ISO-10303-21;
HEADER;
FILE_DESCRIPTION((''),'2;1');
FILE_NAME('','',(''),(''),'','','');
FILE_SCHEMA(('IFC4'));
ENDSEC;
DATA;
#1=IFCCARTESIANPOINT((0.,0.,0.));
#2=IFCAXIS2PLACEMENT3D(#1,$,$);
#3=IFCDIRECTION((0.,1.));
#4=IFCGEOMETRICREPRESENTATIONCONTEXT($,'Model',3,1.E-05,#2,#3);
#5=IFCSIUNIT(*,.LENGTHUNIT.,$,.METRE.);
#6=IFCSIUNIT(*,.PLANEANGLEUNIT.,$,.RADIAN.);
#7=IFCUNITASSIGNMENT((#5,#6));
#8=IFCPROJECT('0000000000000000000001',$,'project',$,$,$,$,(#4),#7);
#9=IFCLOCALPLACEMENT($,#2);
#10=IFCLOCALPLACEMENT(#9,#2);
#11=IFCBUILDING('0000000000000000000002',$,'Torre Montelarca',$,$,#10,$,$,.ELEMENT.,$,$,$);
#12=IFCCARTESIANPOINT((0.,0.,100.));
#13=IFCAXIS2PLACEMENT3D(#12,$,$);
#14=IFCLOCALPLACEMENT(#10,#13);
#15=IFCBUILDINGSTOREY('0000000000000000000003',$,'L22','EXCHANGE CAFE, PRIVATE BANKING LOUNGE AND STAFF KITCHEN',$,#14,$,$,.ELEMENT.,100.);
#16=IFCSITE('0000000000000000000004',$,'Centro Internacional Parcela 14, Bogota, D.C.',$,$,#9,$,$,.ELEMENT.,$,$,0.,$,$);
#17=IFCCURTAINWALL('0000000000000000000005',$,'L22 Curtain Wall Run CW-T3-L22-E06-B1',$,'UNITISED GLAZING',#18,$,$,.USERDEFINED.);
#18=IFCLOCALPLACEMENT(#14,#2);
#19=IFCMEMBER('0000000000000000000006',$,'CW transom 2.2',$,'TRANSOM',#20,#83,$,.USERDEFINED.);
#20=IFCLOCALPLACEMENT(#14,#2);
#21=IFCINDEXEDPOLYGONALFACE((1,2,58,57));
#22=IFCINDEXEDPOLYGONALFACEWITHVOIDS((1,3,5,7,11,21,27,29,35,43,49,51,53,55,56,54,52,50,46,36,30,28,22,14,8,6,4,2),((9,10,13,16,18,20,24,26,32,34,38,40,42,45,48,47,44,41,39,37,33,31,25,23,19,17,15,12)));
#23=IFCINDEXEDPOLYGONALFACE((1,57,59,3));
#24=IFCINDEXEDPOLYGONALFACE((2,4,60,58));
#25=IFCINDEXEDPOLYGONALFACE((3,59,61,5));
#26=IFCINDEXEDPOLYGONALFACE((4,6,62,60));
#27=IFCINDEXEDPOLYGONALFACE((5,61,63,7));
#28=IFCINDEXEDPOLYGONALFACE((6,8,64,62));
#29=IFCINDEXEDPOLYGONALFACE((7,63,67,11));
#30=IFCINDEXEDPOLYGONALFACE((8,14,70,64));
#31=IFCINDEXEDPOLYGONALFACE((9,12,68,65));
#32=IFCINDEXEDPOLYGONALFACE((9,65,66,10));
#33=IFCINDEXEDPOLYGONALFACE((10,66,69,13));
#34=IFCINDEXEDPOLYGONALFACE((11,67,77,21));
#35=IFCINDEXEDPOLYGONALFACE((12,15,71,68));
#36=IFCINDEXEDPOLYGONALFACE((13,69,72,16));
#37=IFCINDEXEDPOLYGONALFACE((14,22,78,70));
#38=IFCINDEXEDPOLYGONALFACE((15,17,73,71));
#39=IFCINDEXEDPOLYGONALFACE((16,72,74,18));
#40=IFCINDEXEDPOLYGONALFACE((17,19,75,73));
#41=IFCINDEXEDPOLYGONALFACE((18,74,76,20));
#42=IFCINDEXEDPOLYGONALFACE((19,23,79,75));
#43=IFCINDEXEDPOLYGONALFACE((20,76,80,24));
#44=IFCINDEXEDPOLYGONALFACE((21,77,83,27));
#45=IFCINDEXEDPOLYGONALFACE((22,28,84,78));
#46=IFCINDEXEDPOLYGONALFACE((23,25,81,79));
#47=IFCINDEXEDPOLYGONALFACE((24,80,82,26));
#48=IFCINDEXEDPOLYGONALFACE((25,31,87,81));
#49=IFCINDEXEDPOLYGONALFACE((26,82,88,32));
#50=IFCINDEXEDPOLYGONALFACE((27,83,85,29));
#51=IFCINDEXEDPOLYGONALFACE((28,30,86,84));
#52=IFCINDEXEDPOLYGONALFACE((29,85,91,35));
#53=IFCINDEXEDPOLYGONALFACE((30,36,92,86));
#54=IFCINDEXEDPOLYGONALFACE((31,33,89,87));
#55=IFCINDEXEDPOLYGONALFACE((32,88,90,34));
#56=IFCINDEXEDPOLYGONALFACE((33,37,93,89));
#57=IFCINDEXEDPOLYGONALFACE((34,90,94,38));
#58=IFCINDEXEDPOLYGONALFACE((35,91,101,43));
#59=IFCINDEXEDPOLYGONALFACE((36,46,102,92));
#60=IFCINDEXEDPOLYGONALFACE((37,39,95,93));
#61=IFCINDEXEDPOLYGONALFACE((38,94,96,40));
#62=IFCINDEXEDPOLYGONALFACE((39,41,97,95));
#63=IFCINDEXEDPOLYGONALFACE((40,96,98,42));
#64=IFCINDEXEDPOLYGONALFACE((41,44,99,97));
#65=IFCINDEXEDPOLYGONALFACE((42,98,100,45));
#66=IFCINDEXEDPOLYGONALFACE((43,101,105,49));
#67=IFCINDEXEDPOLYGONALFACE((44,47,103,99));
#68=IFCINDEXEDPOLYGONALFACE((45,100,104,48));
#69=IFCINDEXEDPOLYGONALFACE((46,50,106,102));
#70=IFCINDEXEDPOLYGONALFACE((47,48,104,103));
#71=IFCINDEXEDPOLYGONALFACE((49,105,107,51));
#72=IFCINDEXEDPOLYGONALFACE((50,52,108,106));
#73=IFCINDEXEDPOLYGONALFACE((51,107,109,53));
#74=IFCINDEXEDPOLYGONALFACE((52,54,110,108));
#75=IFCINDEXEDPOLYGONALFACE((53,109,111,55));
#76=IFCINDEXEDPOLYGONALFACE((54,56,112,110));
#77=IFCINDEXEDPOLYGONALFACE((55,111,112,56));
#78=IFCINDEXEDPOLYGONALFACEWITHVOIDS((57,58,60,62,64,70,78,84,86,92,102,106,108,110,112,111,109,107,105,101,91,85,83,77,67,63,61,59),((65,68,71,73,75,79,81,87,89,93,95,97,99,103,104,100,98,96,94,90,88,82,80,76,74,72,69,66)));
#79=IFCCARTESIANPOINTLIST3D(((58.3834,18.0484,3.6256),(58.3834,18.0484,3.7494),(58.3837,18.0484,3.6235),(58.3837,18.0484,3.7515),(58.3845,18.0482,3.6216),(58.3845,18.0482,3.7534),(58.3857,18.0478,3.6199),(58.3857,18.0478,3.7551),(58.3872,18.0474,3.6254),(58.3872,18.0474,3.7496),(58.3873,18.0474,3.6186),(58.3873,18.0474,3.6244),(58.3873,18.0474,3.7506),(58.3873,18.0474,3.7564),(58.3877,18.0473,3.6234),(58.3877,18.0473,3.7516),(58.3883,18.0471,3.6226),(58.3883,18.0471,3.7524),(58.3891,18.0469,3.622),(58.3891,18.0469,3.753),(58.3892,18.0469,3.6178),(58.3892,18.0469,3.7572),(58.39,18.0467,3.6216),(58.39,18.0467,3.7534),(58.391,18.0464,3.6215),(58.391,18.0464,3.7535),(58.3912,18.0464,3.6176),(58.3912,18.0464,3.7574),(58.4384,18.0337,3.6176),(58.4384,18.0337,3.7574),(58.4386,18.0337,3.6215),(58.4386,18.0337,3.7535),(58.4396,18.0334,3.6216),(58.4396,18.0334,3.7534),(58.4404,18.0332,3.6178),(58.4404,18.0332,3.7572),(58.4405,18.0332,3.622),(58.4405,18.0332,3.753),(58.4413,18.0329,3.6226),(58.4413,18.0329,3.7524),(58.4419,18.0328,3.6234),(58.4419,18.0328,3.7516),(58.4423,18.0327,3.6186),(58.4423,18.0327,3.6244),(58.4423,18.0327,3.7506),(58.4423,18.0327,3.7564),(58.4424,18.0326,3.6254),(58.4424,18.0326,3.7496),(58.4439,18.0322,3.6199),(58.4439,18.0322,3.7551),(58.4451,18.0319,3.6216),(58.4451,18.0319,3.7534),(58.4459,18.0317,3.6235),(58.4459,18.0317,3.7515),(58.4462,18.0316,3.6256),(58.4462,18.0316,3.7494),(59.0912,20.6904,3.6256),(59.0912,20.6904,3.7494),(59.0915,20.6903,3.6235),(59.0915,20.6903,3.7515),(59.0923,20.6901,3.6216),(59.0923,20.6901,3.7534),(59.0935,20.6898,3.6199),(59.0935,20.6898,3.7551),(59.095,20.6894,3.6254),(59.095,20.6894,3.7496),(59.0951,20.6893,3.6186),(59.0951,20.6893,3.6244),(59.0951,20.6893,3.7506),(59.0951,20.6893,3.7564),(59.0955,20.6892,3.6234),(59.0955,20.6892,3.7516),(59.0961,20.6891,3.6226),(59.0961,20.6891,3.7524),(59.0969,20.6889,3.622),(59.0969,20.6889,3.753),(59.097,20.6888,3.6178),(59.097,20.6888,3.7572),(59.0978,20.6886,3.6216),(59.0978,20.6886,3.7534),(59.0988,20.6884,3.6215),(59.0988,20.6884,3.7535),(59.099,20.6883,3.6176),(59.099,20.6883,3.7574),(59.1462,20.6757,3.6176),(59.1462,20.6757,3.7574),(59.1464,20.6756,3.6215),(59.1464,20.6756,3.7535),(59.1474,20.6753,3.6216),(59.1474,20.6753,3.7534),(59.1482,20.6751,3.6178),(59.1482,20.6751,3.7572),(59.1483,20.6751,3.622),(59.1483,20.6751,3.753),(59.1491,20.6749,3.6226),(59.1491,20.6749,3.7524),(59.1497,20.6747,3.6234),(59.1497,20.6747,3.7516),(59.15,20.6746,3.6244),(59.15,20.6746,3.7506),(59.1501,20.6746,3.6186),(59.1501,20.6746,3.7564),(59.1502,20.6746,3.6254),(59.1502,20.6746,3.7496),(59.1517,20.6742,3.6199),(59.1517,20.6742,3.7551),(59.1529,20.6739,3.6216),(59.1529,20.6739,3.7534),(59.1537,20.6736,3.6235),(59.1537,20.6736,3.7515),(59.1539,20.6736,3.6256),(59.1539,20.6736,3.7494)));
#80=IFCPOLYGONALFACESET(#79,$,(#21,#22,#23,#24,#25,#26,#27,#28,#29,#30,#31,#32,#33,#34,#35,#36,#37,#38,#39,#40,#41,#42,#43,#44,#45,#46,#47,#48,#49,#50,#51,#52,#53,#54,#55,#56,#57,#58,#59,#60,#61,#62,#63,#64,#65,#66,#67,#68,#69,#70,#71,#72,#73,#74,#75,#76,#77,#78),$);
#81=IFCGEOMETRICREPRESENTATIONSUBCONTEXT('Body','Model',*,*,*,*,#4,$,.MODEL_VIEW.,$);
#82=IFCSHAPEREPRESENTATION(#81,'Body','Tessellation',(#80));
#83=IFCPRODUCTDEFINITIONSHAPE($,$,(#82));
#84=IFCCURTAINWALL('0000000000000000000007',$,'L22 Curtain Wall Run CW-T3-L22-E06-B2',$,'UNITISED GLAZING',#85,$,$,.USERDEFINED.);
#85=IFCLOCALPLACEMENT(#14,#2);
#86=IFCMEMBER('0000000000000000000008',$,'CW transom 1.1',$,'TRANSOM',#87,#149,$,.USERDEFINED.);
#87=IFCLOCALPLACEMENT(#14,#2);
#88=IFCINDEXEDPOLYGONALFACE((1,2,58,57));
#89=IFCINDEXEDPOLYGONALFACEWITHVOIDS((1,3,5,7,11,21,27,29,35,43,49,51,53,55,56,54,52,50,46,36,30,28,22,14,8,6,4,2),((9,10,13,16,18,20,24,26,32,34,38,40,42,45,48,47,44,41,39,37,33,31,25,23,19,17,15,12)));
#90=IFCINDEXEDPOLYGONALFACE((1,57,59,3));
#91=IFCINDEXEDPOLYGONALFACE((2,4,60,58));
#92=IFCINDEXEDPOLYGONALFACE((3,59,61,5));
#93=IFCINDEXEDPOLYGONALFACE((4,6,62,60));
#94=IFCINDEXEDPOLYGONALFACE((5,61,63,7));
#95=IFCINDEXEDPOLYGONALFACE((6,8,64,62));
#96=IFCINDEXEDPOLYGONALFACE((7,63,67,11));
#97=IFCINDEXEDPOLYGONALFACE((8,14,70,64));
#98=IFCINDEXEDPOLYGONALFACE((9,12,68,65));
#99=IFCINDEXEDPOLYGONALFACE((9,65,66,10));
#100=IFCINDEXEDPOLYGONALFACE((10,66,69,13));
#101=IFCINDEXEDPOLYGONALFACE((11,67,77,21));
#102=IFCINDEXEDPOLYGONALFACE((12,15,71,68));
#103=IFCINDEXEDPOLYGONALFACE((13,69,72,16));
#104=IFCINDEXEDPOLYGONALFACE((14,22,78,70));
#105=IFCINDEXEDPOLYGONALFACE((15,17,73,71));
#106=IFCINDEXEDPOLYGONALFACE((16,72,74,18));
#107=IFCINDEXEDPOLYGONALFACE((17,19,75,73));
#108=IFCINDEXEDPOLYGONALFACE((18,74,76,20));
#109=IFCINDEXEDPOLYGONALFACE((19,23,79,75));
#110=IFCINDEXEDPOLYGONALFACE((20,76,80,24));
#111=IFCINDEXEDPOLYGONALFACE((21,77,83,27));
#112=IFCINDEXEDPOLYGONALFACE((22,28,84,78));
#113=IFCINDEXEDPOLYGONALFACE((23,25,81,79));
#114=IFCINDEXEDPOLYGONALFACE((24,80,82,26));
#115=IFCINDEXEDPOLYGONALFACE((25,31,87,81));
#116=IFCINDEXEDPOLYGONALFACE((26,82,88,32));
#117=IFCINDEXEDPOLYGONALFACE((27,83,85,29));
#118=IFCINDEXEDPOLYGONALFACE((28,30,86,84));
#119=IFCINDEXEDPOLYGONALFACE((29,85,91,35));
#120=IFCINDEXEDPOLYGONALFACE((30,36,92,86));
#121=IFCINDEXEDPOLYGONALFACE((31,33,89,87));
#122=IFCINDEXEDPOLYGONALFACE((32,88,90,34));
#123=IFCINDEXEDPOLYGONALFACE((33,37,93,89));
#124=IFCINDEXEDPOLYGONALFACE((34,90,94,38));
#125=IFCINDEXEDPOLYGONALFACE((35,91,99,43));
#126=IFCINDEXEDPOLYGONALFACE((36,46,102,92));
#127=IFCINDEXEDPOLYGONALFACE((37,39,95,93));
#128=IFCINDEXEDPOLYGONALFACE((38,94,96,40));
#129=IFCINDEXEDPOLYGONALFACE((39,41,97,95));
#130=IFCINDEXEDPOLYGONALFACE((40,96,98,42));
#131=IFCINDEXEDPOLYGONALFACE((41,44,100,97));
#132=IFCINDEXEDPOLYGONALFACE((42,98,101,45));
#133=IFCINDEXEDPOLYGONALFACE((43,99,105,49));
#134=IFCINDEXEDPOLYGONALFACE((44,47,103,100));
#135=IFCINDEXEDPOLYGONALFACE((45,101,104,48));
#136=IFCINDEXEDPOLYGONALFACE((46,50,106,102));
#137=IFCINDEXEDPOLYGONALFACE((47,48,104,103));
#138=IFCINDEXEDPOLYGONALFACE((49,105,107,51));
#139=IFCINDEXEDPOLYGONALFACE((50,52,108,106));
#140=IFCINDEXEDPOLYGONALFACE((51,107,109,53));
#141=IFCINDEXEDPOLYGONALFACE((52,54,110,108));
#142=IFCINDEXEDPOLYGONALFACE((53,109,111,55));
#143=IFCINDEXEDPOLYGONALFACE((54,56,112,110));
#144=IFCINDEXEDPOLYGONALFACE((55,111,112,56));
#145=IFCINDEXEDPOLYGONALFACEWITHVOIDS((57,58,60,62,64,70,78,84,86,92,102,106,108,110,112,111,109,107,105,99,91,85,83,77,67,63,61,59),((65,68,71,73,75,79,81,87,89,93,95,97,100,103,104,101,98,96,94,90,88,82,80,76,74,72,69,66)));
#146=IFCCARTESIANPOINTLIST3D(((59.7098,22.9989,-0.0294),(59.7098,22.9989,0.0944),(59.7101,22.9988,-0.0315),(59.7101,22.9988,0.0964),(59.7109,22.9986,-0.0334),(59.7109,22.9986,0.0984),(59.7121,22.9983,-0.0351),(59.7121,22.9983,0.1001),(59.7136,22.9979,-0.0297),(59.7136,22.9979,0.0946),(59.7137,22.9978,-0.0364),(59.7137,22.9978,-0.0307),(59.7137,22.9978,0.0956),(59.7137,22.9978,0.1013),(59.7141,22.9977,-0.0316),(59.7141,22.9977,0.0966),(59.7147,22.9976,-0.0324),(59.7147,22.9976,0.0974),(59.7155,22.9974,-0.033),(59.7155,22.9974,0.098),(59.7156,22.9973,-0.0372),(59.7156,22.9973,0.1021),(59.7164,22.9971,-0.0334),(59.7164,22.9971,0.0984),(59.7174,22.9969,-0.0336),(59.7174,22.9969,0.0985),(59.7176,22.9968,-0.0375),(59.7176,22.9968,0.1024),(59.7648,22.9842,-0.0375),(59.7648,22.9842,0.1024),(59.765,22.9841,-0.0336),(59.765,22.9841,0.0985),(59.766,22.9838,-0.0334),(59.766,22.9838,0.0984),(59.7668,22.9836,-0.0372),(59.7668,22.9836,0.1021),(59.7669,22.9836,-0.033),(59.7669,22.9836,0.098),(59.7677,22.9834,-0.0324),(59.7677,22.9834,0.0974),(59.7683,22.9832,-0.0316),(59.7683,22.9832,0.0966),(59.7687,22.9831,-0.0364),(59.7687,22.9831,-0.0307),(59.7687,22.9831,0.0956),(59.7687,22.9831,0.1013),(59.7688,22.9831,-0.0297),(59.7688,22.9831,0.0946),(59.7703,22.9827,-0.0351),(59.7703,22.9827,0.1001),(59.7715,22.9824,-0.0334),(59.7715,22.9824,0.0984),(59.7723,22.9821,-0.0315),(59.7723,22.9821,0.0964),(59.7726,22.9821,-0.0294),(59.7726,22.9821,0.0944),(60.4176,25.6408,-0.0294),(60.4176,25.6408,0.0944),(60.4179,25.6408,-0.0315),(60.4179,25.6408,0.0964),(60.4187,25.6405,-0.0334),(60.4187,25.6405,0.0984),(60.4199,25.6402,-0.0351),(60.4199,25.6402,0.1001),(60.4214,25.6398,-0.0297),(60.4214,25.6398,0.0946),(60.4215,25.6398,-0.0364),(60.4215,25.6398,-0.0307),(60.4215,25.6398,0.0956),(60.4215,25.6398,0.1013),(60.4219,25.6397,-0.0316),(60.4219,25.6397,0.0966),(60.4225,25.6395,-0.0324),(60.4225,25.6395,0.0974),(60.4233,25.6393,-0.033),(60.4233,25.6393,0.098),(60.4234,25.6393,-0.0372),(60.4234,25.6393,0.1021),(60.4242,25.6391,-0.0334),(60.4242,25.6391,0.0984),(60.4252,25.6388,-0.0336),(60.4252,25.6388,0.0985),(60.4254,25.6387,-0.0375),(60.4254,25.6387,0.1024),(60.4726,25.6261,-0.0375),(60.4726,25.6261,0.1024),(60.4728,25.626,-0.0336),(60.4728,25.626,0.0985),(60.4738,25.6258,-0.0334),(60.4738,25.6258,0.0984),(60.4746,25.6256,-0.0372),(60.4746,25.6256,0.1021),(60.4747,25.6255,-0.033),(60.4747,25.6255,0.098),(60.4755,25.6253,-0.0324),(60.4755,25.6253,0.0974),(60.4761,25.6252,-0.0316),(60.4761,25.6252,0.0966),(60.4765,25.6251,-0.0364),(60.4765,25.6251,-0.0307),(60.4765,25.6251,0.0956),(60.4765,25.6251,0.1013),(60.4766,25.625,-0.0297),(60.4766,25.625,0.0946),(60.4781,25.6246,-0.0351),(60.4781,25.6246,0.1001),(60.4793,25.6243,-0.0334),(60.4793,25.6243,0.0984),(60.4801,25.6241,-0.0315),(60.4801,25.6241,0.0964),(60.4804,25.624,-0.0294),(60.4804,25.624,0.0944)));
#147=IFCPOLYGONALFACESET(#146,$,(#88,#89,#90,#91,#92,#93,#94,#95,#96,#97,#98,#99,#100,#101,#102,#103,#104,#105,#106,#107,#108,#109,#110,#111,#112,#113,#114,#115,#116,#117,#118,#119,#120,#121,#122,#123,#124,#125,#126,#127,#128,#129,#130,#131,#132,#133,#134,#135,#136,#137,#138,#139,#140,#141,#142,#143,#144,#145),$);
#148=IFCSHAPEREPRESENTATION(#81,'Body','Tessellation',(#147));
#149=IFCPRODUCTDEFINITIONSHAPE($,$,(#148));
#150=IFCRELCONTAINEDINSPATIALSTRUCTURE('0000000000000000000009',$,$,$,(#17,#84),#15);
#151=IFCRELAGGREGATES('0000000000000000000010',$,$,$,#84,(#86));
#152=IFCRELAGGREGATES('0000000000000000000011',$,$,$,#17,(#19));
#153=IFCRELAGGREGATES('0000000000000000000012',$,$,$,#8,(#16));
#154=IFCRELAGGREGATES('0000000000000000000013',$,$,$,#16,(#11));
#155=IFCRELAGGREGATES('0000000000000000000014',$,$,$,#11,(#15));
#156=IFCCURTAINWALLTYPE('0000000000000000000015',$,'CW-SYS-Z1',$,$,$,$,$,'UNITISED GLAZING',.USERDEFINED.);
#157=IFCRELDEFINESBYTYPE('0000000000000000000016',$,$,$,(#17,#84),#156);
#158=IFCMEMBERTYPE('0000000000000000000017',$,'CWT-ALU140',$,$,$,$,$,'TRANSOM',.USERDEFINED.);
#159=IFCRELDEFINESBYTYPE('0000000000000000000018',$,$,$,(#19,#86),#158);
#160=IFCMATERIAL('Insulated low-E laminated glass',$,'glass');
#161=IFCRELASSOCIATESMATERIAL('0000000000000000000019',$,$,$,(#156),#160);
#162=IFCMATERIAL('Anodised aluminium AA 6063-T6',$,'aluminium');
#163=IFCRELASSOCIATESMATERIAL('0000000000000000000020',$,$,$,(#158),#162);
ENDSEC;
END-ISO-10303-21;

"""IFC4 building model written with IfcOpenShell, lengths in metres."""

from ifc_helpers import new_model, si_unit, direction, frame, origin, origin_2d, place, context, subcontext, project, spatial, hollow_rectangle, extrude, source, transform, mapped, material, material_profile, profile_set, type_object, element, aggregate, save


model = new_model("IFC4")

# Units and contexts
model_context = context("Model", 3, precision=1e-05, world=origin(), true_north=direction((0.0, 1.0)))
body_context = subcontext(model_context, "Body", "Model", "MODEL_VIEW")
ifc_project = project(units=[si_unit("LENGTHUNIT", "METRE"), si_unit("PLANEANGLEUNIT", "RADIAN")], contexts=[model_context])

# Site, building, storey
site_placement = place(None, origin())
site = spatial("IfcSite", under=ifc_project, at=site_placement, Name="Centro Internacional Parcela 14, Bogota, D.C.", CompositionType="ELEMENT", RefElevation=0.0)
building_placement = place(site_placement, origin())
building = spatial("IfcBuilding", under=site, at=building_placement, Name="Torre Montelarca", CompositionType="ELEMENT")
storey_placement = place(building_placement, frame((0.0, 0.0, 100.0)))
storey = spatial("IfcBuildingStorey", under=building, at=storey_placement, Name="L22", Description="EXCHANGE CAFE, PRIVATE BANKING LOUNGE AND STAFF KITCHEN", CompositionType="ELEMENT", Elevation=100.0)

# Curtain walls, members
ifc_material_1 = material(Name="Insulated low-E laminated glass", Category="glass")
curtain_wall_type = type_object("IfcCurtainWallType", Name="CW-SYS-Z1", ElementType="UNITISED GLAZING", PredefinedType="USERDEFINED", material=ifc_material_1)
ifc_material_2 = material(Name="Anodised aluminium AA 6063-T6", Category="aluminium")
ifc_material_profile_1 = material_profile(ifc_material_2, hollow_rectangle(XDim=0.0649, YDim=0.1399, WallThickness=0.0039, InnerFilletRadius=0.0039, OuterFilletRadius=0.0081, at=origin_2d()), Name="ALU65X140X4", Category="aluminium")
ifc_profile_set_1 = profile_set([ifc_material_profile_1], Name="Anodised aluminium AA 6063-T6")
member_type_1 = type_object("IfcMemberType", Name="CWT-ALU140", ElementType="TRANSOM", PredefinedType="USERDEFINED", material=ifc_profile_set_1)
curtain_wall_1_placement = place(storey_placement, origin())
curtain_wall_1 = element("IfcCurtainWall", 1, at=curtain_wall_1_placement, inside=storey, type_object=curtain_wall_type, Name="L22 Curtain Wall Run CW-T3-L22-E06-B1", ObjectType="UNITISED GLAZING", PredefinedType="USERDEFINED")
shared_shape_1 = source(origin(), body_context, "Body", "SweptSolid", [
    extrude(hollow_rectangle(XDim=0.0649, YDim=0.1399, WallThickness=0.0039, InnerFilletRadius=0.0039, OuterFilletRadius=0.0081, at=origin_2d()), origin(), (0.0, 0.0, 1.0), 2.7351),
])
member_1_placement = place(storey_placement, frame((58.4148, 18.04, 3.6875), z_axis=(0.258779, 0.965936, 0.0), x_axis=(-0.965936, 0.258779, 0.0)))
member_1 = element("IfcMember", 2, at=member_1_placement, type_object=member_type_1, Name="CW transom 2.2", ObjectType="TRANSOM", PredefinedType="USERDEFINED", context=body_context, shape_type="MappedRepresentation", body=[
    mapped(shared_shape_1, transform((0.0, 0.0, 0.0), scale=1.0)),
])
curtain_wall_2_placement = place(storey_placement, origin())
curtain_wall_2 = element("IfcCurtainWall", 3, at=curtain_wall_2_placement, inside=storey, type_object=curtain_wall_type, Name="L22 Curtain Wall Run CW-T3-L22-E06-B2", ObjectType="UNITISED GLAZING", PredefinedType="USERDEFINED")
member_2_placement = place(storey_placement, frame((59.7412, 22.9905, 0.0325), z_axis=(0.258779, 0.965936, 0.0), x_axis=(-0.965936, 0.258779, 0.0)))
member_2 = element("IfcMember", 4, at=member_2_placement, type_object=member_type_1, Name="CW transom 1.1", ObjectType="TRANSOM", PredefinedType="USERDEFINED", context=body_context, shape_type="MappedRepresentation", body=[
    mapped(shared_shape_1, transform((0.0, 0.0, 0.0), scale=1.0)),
])

aggregate(curtain_wall_2, [member_2])

aggregate(curtain_wall_1, [member_1])

save(model, "model.ifc")
